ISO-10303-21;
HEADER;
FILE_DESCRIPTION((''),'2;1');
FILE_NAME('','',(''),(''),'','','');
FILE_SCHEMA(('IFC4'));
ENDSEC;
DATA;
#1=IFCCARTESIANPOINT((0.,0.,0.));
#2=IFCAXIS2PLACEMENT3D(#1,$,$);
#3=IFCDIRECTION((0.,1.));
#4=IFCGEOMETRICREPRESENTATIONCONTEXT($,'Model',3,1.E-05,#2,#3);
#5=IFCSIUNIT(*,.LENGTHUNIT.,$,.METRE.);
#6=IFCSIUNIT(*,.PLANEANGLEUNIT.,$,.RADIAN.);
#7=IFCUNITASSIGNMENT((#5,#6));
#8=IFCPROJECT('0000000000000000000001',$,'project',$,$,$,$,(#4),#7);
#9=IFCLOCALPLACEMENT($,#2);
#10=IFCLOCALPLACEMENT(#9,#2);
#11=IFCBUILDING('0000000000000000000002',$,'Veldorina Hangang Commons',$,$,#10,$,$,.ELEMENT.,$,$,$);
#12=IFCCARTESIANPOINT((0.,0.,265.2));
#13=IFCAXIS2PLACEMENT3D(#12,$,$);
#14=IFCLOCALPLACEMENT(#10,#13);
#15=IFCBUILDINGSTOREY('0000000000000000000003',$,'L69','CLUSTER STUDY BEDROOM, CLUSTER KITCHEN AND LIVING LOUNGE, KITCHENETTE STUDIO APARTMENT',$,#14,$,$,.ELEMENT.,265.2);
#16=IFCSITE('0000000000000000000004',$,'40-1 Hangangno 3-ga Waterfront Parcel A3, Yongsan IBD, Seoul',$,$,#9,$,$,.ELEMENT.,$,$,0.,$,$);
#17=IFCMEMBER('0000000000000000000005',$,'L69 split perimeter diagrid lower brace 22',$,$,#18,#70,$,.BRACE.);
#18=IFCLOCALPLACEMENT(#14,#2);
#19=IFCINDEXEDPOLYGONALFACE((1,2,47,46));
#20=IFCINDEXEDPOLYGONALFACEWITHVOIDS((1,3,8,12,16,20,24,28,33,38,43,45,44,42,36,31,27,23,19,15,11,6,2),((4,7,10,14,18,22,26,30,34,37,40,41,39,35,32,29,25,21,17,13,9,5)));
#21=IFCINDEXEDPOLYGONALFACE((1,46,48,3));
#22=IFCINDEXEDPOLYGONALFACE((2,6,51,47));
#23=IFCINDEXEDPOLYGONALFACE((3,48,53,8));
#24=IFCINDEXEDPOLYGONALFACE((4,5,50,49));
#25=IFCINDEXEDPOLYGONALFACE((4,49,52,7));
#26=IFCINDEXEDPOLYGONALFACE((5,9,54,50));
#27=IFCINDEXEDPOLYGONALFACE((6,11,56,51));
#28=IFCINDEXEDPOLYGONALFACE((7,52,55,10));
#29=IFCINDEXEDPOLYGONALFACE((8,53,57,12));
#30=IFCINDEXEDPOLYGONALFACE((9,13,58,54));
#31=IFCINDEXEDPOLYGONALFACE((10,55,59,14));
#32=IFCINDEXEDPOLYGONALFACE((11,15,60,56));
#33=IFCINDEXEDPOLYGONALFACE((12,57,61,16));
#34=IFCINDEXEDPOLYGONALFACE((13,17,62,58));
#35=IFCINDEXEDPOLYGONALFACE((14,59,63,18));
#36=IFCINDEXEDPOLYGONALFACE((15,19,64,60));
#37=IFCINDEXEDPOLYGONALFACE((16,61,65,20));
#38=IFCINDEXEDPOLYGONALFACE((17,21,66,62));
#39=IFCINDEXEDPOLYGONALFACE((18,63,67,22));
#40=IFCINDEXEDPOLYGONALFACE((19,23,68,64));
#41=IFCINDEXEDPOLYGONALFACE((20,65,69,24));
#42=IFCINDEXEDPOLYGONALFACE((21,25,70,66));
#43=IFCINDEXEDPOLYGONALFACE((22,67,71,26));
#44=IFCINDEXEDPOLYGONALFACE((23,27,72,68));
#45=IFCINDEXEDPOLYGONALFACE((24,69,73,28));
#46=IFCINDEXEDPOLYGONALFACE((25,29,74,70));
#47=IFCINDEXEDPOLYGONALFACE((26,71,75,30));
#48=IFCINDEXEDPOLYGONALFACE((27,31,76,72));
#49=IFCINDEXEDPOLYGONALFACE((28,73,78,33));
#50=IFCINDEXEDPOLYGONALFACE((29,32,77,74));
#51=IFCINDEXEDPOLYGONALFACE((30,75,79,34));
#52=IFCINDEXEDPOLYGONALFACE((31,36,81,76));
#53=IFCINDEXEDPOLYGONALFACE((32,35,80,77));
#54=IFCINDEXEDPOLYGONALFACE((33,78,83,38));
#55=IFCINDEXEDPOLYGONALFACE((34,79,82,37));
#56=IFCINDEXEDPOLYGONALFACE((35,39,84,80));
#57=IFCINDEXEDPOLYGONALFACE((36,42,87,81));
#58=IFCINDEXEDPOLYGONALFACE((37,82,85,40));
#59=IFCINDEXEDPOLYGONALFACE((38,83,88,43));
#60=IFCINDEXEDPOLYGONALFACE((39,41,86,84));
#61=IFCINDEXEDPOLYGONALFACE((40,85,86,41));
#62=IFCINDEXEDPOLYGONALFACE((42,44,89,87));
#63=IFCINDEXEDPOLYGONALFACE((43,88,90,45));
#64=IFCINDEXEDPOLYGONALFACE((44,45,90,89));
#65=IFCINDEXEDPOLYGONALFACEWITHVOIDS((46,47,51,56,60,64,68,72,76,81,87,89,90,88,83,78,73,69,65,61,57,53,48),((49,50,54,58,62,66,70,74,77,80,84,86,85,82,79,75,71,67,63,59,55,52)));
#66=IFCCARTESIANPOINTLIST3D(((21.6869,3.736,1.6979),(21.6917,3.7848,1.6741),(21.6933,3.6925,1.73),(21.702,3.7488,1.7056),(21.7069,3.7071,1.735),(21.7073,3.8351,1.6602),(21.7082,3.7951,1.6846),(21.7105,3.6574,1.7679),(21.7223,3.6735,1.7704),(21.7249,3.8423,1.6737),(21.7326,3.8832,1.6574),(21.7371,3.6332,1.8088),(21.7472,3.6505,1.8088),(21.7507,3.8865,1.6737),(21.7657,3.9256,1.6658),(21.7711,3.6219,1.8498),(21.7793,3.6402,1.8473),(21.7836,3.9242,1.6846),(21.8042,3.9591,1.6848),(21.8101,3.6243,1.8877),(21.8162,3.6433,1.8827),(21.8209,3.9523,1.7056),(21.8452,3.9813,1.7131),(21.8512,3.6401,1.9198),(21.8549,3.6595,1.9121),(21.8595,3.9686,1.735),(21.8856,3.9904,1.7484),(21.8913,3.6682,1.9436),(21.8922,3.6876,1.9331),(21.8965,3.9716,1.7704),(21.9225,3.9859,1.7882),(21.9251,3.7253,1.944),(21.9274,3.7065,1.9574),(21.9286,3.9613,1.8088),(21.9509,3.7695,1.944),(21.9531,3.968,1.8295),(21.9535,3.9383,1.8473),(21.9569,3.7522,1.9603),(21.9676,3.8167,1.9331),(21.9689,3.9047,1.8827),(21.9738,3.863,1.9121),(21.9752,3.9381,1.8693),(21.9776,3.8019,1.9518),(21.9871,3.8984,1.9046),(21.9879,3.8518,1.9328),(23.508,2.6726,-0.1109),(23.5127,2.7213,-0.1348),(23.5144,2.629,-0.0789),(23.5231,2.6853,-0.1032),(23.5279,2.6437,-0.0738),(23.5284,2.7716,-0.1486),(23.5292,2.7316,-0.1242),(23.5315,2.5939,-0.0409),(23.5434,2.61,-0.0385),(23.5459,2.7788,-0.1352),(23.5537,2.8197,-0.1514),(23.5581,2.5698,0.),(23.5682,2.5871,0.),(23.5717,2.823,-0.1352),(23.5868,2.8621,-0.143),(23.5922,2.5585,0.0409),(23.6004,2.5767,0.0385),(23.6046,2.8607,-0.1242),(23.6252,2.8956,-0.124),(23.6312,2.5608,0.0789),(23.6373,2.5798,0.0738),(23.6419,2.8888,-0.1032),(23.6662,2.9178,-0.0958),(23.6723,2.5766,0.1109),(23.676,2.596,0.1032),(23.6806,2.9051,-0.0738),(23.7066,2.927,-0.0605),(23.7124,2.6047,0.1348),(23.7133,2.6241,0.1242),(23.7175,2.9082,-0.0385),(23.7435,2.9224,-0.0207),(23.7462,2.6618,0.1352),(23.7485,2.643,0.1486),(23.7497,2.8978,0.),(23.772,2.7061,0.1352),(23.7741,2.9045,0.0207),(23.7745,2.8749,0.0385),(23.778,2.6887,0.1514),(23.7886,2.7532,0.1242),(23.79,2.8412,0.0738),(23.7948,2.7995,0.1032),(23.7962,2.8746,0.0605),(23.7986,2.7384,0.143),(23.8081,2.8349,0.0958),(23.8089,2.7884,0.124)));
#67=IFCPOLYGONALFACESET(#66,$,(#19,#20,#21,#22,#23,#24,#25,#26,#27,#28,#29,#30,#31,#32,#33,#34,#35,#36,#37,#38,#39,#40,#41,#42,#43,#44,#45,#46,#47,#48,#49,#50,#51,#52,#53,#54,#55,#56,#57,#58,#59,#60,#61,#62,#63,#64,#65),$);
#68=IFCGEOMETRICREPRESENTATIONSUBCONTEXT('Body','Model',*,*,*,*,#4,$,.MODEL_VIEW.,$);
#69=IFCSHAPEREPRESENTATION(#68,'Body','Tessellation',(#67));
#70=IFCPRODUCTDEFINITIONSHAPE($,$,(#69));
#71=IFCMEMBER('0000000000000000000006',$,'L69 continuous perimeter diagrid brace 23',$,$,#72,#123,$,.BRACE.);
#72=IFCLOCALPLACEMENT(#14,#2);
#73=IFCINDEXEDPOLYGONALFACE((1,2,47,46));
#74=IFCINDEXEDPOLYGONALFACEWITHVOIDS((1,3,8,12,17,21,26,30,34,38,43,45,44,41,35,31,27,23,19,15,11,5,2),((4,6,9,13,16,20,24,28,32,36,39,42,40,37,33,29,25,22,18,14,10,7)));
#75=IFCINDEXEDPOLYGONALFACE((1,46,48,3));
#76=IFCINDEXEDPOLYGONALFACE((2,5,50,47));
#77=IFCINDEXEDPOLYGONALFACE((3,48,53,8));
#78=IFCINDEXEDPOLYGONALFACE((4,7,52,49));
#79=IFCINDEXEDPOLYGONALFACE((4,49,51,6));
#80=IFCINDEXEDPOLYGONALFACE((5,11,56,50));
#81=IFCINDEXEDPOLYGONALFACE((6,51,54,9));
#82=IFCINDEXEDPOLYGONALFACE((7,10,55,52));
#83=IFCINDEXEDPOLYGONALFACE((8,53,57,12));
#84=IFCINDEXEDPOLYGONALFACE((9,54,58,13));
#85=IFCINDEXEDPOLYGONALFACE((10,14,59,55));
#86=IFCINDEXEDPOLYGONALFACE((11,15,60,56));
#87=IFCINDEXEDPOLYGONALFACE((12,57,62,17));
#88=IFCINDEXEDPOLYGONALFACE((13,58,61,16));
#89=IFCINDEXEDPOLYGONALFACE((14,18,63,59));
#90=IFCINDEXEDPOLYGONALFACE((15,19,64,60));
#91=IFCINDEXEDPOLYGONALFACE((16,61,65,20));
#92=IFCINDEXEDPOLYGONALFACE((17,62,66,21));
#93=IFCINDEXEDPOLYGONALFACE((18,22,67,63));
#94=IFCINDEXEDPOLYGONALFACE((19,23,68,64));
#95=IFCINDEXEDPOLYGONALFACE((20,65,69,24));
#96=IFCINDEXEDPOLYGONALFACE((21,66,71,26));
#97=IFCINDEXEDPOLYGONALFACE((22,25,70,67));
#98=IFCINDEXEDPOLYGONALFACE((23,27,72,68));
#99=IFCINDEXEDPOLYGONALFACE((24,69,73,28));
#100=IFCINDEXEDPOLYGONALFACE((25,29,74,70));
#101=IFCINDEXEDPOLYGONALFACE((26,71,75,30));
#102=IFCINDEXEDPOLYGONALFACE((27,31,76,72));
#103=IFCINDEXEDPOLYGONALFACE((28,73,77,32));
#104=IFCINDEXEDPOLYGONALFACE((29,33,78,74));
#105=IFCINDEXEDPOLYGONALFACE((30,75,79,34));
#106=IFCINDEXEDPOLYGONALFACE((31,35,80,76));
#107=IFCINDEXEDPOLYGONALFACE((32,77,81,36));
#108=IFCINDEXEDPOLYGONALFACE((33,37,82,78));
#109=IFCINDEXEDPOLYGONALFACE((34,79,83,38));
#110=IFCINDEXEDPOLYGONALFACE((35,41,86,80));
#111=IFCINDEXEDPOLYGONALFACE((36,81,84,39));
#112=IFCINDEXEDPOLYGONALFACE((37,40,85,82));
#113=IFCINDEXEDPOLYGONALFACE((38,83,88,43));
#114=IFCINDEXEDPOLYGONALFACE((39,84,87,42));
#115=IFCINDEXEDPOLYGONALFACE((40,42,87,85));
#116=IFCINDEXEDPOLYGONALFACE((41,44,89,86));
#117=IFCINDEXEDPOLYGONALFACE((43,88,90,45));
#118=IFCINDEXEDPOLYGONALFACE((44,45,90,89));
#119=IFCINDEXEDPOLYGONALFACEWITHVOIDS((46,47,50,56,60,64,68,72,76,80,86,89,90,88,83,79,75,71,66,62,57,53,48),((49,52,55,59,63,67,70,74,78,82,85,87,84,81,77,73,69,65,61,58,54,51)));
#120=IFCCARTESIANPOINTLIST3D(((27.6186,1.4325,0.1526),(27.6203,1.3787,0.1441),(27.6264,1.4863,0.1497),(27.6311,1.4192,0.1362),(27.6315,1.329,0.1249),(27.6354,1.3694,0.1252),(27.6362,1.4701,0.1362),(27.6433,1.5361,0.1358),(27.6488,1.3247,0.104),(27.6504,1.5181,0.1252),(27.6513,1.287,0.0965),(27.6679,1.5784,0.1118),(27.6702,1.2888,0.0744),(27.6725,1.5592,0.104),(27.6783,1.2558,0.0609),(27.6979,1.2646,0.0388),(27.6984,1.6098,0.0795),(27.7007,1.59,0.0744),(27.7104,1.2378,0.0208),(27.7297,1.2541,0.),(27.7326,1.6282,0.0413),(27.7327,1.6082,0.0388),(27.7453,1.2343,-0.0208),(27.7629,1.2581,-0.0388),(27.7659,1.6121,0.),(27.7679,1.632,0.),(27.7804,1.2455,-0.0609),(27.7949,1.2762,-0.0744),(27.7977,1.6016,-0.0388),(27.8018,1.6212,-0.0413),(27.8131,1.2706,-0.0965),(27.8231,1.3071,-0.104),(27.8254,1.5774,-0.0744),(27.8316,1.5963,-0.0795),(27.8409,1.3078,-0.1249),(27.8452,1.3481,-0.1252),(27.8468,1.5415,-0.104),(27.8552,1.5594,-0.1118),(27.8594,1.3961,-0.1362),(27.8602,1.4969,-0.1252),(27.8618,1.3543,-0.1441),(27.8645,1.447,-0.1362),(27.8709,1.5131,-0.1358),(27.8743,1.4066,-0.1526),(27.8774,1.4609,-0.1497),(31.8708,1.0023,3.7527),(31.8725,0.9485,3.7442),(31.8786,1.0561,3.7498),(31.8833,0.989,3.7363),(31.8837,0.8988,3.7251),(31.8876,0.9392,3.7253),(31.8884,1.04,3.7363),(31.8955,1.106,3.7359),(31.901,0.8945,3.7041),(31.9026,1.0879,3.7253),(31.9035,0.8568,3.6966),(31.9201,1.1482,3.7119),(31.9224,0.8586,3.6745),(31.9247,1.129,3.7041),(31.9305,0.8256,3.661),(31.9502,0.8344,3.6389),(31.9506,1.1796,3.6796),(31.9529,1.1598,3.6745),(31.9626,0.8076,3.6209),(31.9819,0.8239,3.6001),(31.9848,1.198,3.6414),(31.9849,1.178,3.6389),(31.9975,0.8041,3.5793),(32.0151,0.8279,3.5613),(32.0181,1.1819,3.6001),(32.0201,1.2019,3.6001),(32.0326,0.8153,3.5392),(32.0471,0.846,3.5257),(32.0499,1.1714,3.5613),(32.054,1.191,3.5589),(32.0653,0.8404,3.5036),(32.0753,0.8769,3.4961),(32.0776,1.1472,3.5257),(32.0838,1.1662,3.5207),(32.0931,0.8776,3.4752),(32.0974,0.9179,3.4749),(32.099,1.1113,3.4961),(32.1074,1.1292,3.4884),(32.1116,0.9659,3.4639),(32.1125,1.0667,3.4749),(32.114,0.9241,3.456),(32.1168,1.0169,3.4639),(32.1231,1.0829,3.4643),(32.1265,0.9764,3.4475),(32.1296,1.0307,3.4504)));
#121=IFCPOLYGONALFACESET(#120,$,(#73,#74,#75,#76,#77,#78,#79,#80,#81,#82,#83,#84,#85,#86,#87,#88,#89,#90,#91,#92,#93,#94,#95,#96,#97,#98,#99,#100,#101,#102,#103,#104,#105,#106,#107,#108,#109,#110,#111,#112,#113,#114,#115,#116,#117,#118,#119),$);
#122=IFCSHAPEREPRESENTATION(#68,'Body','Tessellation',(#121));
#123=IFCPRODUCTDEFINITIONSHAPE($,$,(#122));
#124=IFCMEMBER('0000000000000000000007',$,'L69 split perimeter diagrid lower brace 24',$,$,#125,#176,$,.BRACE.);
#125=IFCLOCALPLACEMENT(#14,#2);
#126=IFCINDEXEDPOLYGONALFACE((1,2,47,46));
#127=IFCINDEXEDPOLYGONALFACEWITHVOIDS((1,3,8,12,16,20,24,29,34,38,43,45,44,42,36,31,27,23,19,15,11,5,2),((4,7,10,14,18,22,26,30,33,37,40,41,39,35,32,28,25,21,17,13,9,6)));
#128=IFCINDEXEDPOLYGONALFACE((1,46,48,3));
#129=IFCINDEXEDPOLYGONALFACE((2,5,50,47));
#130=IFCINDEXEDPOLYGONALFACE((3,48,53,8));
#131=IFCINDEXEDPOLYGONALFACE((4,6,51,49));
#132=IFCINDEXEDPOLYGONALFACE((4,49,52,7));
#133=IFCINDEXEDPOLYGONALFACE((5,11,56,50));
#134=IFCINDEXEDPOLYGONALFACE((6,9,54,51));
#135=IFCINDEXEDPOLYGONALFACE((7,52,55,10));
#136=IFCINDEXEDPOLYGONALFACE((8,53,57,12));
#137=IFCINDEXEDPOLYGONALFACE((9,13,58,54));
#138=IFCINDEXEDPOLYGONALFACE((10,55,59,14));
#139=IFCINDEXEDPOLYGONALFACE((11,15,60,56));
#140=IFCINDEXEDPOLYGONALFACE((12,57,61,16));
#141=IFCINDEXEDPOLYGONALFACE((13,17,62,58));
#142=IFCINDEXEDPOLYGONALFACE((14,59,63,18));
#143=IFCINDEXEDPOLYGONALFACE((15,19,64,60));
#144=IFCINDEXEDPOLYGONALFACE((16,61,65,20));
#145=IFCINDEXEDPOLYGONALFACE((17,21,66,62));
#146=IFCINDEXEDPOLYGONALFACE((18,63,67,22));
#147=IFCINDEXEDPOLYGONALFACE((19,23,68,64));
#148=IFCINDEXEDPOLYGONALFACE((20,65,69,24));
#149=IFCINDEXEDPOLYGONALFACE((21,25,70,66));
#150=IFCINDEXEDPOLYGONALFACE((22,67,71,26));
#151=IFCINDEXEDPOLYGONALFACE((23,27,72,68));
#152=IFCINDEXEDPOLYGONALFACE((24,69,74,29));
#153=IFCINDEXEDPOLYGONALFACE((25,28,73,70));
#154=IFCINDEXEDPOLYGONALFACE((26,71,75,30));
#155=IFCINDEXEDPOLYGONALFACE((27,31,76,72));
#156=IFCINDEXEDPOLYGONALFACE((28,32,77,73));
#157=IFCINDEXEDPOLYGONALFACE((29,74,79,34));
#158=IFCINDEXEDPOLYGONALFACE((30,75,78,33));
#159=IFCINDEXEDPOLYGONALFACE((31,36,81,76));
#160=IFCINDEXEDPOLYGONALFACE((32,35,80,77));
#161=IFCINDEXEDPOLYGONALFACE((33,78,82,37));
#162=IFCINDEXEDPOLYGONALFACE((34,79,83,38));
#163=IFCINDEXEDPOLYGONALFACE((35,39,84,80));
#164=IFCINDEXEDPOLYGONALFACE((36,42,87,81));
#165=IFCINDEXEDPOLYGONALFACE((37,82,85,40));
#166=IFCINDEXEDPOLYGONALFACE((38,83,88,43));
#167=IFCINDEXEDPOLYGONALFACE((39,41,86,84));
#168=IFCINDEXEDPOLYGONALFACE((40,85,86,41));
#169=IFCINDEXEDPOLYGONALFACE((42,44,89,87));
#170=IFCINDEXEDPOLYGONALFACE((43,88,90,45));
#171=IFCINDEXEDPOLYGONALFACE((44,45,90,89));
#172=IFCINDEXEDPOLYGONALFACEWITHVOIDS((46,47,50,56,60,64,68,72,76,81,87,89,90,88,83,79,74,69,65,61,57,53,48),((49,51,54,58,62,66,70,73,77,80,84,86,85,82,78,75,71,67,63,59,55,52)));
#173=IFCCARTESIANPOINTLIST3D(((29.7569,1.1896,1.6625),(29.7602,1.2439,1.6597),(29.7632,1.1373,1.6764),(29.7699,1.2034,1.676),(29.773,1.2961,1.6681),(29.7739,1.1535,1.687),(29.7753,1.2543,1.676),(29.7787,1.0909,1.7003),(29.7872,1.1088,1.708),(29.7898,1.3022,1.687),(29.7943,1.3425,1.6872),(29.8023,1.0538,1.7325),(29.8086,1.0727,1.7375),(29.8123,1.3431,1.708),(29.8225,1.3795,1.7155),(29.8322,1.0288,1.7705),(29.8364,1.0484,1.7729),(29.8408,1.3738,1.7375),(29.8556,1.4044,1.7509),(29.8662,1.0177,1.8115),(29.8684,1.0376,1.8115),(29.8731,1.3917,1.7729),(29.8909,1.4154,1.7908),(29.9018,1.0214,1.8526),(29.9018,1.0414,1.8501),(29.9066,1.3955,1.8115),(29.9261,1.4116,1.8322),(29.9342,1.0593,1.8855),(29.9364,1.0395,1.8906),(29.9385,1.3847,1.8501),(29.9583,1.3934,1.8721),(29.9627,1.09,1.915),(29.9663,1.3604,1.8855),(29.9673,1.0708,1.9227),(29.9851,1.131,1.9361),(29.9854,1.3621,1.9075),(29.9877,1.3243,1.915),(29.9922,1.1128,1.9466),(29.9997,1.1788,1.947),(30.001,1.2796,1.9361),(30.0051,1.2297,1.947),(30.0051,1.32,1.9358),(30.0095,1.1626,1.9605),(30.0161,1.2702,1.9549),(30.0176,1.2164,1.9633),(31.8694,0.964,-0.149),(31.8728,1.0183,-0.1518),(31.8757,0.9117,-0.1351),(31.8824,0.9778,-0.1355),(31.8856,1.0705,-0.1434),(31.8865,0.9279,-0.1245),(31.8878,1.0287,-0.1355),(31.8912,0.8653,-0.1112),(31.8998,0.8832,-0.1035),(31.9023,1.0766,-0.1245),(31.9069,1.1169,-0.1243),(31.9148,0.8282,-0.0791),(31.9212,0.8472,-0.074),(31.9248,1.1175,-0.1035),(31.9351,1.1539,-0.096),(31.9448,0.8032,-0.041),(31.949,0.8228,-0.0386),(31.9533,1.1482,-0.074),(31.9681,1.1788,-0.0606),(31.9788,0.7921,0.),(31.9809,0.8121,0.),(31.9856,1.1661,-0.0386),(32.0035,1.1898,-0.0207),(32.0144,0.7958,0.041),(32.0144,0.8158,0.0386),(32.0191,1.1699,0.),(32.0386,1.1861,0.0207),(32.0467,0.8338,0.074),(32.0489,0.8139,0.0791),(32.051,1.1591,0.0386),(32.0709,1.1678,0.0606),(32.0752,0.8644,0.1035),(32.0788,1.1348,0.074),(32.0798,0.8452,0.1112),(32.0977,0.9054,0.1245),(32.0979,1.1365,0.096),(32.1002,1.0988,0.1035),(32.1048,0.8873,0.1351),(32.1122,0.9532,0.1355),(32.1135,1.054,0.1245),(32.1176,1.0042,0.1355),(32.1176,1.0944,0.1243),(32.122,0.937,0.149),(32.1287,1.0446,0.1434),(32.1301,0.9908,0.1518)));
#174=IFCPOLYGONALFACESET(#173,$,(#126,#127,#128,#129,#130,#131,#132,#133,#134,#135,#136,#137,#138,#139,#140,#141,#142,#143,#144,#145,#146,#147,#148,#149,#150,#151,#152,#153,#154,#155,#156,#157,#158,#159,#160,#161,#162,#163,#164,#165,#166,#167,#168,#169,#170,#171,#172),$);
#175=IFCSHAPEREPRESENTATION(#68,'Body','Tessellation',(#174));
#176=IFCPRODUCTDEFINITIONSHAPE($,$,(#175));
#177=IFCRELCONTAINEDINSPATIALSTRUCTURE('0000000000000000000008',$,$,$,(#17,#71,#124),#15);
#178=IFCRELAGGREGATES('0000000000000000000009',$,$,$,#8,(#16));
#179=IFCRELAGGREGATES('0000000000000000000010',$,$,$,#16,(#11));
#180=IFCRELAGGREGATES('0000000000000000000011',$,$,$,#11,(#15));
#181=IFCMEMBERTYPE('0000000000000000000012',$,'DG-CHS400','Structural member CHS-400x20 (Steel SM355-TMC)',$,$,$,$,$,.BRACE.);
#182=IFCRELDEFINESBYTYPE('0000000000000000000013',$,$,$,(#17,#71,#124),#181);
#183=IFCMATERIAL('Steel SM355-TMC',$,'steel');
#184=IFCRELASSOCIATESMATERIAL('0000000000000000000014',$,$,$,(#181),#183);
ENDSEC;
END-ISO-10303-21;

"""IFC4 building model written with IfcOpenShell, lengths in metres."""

from ifc_helpers import new_model, si_unit, direction, frame, origin, origin_2d, place, context, subcontext, project, spatial, hollow_circle, extrude, material, material_profile, profile_set, type_object, element, save


model = new_model("IFC4")

# Units and contexts
model_context = context("Model", 3, precision=1e-05, world=origin(), true_north=direction((0.0, 1.0)))
body_context = subcontext(model_context, "Body", "Model", "MODEL_VIEW")
ifc_project = project(units=[si_unit("LENGTHUNIT", "METRE"), si_unit("PLANEANGLEUNIT", "RADIAN")], contexts=[model_context])

# Site, building, storey
site_placement = place(None, origin())
site = spatial("IfcSite", under=ifc_project, at=site_placement, Name="40-1 Hangangno 3-ga Waterfront Parcel A3, Yongsan IBD, Seoul", CompositionType="ELEMENT", RefElevation=0.0)
building_placement = place(site_placement, origin())
building = spatial("IfcBuilding", under=site, at=building_placement, Name="Veldorina Hangang Commons", CompositionType="ELEMENT")
storey_placement = place(building_placement, frame((0.0, 0.0, 265.2)))
storey = spatial("IfcBuildingStorey", under=building, at=storey_placement, Name="L69", Description="CLUSTER STUDY BEDROOM, CLUSTER KITCHEN AND LIVING LOUNGE, KITCHENETTE STUDIO APARTMENT", CompositionType="ELEMENT", Elevation=265.2)

# Shared definitions
ifc_material_1 = material(Name="Steel SM355-TMC", Category="steel")

# Members
ifc_material_profile_1 = material_profile(ifc_material_1, hollow_circle(Radius=0.2, WallThickness=0.02, at=origin_2d()), Name="CHS-400x20")
ifc_profile_set_1 = profile_set([ifc_material_profile_1], Name="Steel SM355-TMC")
member_type_1 = type_object("IfcMemberType", Name="DG-CHS400", Description="Structural member CHS-400x20 (Steel SM355-TMC)", PredefinedType="BRACE", material=ifc_profile_set_1)
member_1_placement = place(storey_placement, frame((23.6589, 2.7424, 0.0), z_axis=(-0.655447, 0.382776, 0.651054), x_axis=(-0.504296, -0.863531, 0.0)))
element("IfcMember", 1, at=member_1_placement, inside=storey, type_object=member_type_1, Name="L69 split perimeter diagrid lower brace 22", PredefinedType="BRACE", context=body_context, shape_type="SweptSolid", body=[
    extrude(hollow_circle(Radius=0.2, WallThickness=0.02, at=origin_2d()), origin(), (0.0, 0.0, 1.0), 2.7783),
])
member_2_placement = place(storey_placement, frame((27.7478, 1.4331, 0.0), z_axis=(0.760937, -0.076981, 0.644243), x_axis=(0.100652, 0.994922, 0.0)))
element("IfcMember", 2, at=member_2_placement, inside=storey, type_object=member_type_1, Name="L69 continuous perimeter diagrid brace 23", PredefinedType="BRACE", context=body_context, shape_type="SweptSolid", body=[
    extrude(hollow_circle(Radius=0.2, WallThickness=0.02, at=origin_2d()), origin(), (0.0, 0.0, 1.0), 5.5881),
])
member_3_placement = place(storey_placement, frame((32.0, 0.991, 0.0), z_axis=(-0.756638, 0.080797, 0.648822), x_axis=(-0.10618, -0.994347, 0.0)))
element("IfcMember", 3, at=member_3_placement, inside=storey, type_object=member_type_1, Name="L69 split perimeter diagrid lower brace 24", PredefinedType="BRACE", context=body_context, shape_type="SweptSolid", body=[
    extrude(hollow_circle(Radius=0.2, WallThickness=0.02, at=origin_2d()), origin(), (0.0, 0.0, 1.0), 2.792),
])

save(model, "model.ifc")
